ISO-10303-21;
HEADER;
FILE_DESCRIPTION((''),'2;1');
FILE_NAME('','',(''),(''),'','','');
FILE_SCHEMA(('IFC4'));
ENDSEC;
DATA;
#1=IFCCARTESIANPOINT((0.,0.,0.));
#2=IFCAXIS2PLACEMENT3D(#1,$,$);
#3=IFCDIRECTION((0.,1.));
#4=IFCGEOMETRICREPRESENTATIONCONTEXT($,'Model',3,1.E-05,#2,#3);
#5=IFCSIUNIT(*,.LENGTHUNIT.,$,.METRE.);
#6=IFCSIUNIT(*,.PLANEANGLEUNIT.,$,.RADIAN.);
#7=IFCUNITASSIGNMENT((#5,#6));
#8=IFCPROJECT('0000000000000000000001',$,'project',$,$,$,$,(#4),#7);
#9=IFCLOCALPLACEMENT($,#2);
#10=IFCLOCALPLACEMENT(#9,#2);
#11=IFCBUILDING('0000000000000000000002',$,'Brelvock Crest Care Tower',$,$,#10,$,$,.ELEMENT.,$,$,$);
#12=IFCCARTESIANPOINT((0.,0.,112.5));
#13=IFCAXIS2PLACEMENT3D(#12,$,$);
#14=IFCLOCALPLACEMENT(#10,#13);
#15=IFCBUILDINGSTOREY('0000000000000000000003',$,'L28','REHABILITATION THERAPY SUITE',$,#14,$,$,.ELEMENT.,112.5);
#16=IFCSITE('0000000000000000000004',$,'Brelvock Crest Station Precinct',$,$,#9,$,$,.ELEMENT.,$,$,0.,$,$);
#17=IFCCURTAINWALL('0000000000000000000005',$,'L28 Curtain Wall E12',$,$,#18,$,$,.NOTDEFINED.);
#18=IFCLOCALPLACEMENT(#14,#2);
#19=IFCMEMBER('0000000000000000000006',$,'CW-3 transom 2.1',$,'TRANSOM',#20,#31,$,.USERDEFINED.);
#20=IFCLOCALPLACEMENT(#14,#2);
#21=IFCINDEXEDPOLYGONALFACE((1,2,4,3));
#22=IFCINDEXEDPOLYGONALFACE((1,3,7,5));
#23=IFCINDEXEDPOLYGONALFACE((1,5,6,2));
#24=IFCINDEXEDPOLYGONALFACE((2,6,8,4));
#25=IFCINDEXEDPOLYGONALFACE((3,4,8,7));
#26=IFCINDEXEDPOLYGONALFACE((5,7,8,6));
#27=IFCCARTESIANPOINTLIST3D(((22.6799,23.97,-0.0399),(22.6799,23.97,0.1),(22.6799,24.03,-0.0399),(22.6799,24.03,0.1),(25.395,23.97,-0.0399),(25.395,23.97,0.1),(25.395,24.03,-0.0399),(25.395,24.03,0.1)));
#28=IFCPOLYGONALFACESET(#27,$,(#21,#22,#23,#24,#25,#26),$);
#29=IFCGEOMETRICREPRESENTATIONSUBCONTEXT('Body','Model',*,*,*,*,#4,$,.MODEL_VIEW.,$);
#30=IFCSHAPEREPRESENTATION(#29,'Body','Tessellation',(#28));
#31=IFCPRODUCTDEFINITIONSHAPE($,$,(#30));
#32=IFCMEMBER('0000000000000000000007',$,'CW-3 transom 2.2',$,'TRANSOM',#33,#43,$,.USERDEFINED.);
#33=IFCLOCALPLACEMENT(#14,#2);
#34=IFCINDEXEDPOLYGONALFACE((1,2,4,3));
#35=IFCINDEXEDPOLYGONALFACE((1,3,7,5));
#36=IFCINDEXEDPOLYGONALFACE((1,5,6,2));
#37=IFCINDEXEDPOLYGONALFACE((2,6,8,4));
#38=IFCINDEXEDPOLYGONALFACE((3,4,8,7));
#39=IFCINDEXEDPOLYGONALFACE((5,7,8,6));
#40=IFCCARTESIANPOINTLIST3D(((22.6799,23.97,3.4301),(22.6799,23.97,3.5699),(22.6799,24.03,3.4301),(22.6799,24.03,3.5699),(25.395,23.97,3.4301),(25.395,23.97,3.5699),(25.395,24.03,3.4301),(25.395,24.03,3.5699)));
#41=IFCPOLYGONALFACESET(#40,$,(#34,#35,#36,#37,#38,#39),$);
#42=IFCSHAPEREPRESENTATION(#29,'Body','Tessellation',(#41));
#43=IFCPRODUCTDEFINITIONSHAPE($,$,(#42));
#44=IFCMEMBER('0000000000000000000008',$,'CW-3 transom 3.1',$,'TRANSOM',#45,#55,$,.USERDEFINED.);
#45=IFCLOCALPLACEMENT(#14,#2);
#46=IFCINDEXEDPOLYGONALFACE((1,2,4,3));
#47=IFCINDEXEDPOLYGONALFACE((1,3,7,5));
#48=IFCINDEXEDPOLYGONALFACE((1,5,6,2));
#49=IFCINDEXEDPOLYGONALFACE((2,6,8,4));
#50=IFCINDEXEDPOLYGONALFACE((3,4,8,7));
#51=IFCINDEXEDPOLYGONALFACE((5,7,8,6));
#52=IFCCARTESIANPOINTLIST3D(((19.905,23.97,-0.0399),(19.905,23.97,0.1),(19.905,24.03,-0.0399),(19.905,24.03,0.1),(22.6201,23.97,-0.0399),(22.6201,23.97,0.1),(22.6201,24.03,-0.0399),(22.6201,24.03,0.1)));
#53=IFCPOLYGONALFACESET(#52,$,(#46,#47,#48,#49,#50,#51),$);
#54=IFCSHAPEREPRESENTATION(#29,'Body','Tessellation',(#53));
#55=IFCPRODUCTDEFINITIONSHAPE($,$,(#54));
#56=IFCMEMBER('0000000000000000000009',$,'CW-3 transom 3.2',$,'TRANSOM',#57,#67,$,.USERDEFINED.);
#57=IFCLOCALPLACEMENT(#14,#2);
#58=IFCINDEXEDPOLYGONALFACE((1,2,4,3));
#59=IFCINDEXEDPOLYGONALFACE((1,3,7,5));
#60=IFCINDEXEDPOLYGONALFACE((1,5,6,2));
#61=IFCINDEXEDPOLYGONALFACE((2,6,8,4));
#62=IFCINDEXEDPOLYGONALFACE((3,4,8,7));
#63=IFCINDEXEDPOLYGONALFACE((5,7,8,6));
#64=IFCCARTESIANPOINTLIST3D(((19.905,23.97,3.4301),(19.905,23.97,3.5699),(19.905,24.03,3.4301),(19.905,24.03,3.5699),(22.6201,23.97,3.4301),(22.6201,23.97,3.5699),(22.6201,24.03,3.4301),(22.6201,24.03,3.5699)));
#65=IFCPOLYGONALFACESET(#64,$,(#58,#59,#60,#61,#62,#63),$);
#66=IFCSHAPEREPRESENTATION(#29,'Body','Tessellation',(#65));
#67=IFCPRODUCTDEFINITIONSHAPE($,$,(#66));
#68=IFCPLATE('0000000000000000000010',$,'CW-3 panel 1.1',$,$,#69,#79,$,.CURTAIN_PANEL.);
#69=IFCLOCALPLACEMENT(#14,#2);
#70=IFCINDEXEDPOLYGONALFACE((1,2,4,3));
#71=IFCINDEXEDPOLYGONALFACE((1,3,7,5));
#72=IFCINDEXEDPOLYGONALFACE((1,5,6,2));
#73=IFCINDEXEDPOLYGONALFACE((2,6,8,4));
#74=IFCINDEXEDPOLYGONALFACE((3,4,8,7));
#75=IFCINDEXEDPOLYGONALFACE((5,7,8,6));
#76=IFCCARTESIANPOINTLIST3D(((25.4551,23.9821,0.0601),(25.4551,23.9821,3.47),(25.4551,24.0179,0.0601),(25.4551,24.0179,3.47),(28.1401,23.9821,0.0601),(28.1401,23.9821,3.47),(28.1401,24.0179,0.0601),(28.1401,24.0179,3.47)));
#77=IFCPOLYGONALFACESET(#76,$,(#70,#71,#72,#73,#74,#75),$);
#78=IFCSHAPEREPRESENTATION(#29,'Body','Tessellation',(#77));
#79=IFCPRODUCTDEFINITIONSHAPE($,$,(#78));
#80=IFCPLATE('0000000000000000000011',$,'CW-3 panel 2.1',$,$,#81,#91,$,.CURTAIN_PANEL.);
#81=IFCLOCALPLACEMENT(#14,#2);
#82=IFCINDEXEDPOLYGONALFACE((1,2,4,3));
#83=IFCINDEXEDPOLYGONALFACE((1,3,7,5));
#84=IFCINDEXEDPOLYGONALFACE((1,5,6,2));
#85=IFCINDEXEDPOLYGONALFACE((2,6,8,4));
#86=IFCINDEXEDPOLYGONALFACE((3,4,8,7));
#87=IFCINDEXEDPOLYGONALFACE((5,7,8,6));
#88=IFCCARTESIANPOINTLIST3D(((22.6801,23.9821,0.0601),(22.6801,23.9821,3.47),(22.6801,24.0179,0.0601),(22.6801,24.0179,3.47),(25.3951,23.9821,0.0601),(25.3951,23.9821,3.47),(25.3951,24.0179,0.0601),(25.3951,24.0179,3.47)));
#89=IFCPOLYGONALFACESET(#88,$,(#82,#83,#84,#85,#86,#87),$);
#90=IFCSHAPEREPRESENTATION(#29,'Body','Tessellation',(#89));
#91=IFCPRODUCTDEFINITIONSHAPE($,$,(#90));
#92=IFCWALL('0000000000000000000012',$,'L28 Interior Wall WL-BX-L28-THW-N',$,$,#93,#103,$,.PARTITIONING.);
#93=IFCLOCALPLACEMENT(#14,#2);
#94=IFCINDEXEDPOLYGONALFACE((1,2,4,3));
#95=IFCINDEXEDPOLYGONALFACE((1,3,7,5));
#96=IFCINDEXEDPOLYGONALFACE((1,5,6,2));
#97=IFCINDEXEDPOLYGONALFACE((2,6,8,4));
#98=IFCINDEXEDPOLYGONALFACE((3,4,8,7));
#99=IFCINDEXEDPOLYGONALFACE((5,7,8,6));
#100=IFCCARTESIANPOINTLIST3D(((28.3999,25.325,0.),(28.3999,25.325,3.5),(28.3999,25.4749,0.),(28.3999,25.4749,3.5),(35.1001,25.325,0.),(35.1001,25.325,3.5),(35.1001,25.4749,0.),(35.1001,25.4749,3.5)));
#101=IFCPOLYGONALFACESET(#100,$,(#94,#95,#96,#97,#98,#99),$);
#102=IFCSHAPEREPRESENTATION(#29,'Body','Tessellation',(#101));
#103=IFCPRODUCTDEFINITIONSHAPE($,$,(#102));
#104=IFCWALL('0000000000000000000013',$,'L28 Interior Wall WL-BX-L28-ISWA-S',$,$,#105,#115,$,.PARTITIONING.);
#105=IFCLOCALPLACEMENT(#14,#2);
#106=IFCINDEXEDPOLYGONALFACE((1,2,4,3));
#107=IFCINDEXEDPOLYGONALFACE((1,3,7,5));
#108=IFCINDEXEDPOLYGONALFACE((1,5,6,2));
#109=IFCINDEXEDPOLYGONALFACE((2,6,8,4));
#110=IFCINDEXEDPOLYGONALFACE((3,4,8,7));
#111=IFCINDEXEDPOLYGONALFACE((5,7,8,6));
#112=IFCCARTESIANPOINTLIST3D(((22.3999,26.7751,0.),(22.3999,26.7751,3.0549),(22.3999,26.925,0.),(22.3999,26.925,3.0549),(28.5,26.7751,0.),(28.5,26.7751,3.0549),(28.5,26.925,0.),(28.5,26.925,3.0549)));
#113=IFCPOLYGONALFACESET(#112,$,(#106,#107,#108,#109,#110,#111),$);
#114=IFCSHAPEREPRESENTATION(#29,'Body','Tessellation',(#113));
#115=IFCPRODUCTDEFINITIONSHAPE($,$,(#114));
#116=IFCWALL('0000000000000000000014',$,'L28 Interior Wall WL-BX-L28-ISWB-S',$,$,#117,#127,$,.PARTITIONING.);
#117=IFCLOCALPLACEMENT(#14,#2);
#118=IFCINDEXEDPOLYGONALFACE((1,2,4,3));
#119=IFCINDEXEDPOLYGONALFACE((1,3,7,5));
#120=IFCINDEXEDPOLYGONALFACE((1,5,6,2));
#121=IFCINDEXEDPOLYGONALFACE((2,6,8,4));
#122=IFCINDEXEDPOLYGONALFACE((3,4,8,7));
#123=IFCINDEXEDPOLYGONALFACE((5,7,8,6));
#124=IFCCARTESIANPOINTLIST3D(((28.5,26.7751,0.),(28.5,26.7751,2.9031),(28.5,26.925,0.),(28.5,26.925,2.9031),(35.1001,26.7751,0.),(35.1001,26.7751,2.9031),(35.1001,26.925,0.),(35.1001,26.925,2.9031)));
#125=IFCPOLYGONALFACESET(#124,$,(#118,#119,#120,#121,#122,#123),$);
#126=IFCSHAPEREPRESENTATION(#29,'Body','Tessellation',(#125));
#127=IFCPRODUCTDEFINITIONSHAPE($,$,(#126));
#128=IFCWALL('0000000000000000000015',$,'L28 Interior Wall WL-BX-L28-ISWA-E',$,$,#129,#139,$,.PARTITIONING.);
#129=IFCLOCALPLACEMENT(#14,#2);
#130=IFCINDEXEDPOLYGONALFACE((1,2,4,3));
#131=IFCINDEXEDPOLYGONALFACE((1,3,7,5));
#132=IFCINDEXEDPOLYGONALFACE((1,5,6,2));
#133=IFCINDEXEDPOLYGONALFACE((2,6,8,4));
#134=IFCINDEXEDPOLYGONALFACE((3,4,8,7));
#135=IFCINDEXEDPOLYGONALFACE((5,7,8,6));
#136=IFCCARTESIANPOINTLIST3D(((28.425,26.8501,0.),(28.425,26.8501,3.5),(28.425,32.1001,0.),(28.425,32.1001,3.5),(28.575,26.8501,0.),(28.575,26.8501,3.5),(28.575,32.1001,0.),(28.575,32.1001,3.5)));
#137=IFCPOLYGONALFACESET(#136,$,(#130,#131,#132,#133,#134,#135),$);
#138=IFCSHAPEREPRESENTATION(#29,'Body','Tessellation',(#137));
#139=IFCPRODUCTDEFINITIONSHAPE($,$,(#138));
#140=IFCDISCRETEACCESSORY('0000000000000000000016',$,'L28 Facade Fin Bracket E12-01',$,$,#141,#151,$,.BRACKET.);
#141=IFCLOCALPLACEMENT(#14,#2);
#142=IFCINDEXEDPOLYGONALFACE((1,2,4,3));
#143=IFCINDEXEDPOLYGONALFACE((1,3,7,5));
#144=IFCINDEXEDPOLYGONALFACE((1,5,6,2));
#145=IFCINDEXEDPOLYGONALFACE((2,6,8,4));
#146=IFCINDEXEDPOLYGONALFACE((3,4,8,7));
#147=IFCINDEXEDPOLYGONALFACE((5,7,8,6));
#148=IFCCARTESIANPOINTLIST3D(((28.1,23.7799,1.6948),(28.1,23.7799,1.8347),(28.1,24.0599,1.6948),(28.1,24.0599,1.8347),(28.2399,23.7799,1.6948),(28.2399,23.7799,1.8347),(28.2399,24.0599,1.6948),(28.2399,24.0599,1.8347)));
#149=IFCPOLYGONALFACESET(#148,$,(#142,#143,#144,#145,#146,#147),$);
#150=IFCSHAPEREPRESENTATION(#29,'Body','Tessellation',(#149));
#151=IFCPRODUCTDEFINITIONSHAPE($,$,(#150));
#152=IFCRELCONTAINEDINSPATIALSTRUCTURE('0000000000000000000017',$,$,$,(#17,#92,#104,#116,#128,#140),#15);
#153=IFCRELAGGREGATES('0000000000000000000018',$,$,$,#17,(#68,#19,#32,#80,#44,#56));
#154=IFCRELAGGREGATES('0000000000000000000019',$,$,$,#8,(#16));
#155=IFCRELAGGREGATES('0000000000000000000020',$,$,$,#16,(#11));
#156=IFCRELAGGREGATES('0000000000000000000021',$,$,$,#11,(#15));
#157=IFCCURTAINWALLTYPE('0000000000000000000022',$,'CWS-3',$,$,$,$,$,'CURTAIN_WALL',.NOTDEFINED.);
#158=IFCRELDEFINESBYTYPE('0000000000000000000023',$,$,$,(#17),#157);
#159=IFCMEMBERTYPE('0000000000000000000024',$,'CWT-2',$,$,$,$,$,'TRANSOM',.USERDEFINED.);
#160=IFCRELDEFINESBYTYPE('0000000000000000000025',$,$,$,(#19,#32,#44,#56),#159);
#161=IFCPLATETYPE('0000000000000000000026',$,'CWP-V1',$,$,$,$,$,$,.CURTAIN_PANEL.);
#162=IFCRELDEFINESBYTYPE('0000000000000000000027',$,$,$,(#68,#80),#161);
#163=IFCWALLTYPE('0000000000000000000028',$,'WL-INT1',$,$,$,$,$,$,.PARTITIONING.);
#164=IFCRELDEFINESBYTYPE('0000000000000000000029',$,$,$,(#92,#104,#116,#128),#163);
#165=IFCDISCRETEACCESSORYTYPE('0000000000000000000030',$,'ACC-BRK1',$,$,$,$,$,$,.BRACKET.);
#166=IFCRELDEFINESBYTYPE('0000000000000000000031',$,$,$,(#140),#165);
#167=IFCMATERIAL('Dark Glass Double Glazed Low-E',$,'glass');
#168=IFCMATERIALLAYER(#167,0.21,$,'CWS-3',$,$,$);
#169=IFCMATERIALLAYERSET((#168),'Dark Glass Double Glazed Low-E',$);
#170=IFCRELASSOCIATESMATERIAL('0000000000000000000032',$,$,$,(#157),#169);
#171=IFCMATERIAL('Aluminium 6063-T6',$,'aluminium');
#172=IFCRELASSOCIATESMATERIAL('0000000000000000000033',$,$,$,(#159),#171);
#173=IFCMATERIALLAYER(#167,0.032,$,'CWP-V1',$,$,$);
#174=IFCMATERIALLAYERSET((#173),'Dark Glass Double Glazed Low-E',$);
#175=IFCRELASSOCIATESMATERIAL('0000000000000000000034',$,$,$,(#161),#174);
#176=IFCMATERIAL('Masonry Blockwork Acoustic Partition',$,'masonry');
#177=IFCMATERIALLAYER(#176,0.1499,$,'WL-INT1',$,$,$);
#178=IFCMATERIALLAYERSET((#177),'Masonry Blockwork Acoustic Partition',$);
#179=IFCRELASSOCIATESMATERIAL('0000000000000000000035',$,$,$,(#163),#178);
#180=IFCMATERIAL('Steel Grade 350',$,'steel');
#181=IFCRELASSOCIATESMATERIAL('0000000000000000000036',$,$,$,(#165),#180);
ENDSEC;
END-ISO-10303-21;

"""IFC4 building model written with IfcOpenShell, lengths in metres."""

from ifc_helpers import new_model, si_unit, direction, frame, frame_2d, origin, origin_2d, place, context, subcontext, project, spatial, rectangle, extrude, source, transform, mapped, material, layer, layer_set, material_profile, profile_set, type_object, element, aggregate, save


model = new_model("IFC4")

# Units and contexts
model_context = context("Model", 3, precision=1e-05, world=origin(), true_north=direction((0.0, 1.0)))
body_context = subcontext(model_context, "Body", "Model", "MODEL_VIEW")
ifc_project = project(units=[si_unit("LENGTHUNIT", "METRE"), si_unit("PLANEANGLEUNIT", "RADIAN")], contexts=[model_context])

# Site, building, storey
site_placement = place(None, origin())
site = spatial("IfcSite", under=ifc_project, at=site_placement, Name="Brelvock Crest Station Precinct", CompositionType="ELEMENT", RefElevation=0.0)
building_placement = place(site_placement, origin())
building = spatial("IfcBuilding", under=site, at=building_placement, Name="Brelvock Crest Care Tower", CompositionType="ELEMENT")
storey_placement = place(building_placement, frame((0.0, 0.0, 112.5)))
storey = spatial("IfcBuildingStorey", under=building, at=storey_placement, Name="L28", Description="REHABILITATION THERAPY SUITE", CompositionType="ELEMENT", Elevation=112.5)

# Shared definitions
ifc_material_1 = material(Name="Steel Grade 350", Category="steel")

# Curtain wall, members, plates
ifc_material_2 = material(Name="Dark Glass Double Glazed Low-E", Category="glass")
ifc_layer_1 = layer(ifc_material_2, 0.21, Name="CWS-3")
ifc_layer_set_1 = layer_set([ifc_layer_1], Name="Dark Glass Double Glazed Low-E")
curtain_wall_type = type_object("IfcCurtainWallType", Name="CWS-3", ElementType="CURTAIN_WALL", PredefinedType="NOTDEFINED", material=ifc_layer_set_1)
curtain_wall_placement = place(storey_placement, origin())
curtain_wall = element("IfcCurtainWall", 1, at=curtain_wall_placement, inside=storey, type_object=curtain_wall_type, Name="L28 Curtain Wall E12", PredefinedType="NOTDEFINED")
ifc_material_3 = material(Name="Aluminium 6063-T6", Category="aluminium")
ifc_material_profile_1 = material_profile(ifc_material_3, rectangle(XDim=0.0601, YDim=0.1399, at=origin_2d()), Name="ALU60x140")
ifc_profile_set_1 = profile_set([ifc_material_profile_1], Name="Aluminium 6063-T6")
member_type_1 = type_object("IfcMemberType", Name="CWT-2", ElementType="TRANSOM", PredefinedType="USERDEFINED", material=ifc_profile_set_1)
shared_shape_1 = source(origin(), body_context, "Body", "SweptSolid", [
    extrude(rectangle(XDim=0.0601, YDim=0.1399, at=origin_2d()), origin(), (0.0, 0.0, 1.0), 2.7151),
])
member_1_placement = place(storey_placement, frame((25.395, 24.0, 0.03), z_axis=(-1.0, 0.0, 0.0), x_axis=(0.0, -1.0, 0.0)))
member_1 = element("IfcMember", 2, at=member_1_placement, type_object=member_type_1, Name="CW-3 transom 2.1", ObjectType="TRANSOM", PredefinedType="USERDEFINED", context=body_context, shape_type="MappedRepresentation", body=[
    mapped(shared_shape_1, transform((0.0, 0.0, 0.0), x_axis=(1.0, 0.0, 0.0), y_axis=(0.0, 1.0, 0.0), z_axis=(0.0, 0.0, 1.0), scale=1.0)),
])
member_2_placement = place(storey_placement, frame((25.395, 24.0, 3.5), z_axis=(-1.0, 0.0, 0.0), x_axis=(0.0, -1.0, 0.0)))
member_2 = element("IfcMember", 3, at=member_2_placement, type_object=member_type_1, Name="CW-3 transom 2.2", ObjectType="TRANSOM", PredefinedType="USERDEFINED", context=body_context, shape_type="MappedRepresentation", body=[
    mapped(shared_shape_1, transform((0.0, 0.0, 0.0), x_axis=(1.0, 0.0, 0.0), y_axis=(0.0, 1.0, 0.0), z_axis=(0.0, 0.0, 1.0), scale=1.0)),
])
member_3_placement = place(storey_placement, frame((22.6201, 24.0, 0.03), z_axis=(-1.0, 0.0, 0.0), x_axis=(0.0, -1.0, 0.0)))
member_3 = element("IfcMember", 4, at=member_3_placement, type_object=member_type_1, Name="CW-3 transom 3.1", ObjectType="TRANSOM", PredefinedType="USERDEFINED", context=body_context, shape_type="MappedRepresentation", body=[
    mapped(shared_shape_1, transform((0.0, 0.0, 0.0), x_axis=(1.0, 0.0, 0.0), y_axis=(0.0, 1.0, 0.0), z_axis=(0.0, 0.0, 1.0), scale=1.0)),
])
member_4_placement = place(storey_placement, frame((22.6201, 24.0, 3.5), z_axis=(-1.0, 0.0, 0.0), x_axis=(0.0, -1.0, 0.0)))
member_4 = element("IfcMember", 5, at=member_4_placement, type_object=member_type_1, Name="CW-3 transom 3.2", ObjectType="TRANSOM", PredefinedType="USERDEFINED", context=body_context, shape_type="MappedRepresentation", body=[
    mapped(shared_shape_1, transform((0.0, 0.0, 0.0), x_axis=(1.0, 0.0, 0.0), y_axis=(0.0, 1.0, 0.0), z_axis=(0.0, 0.0, 1.0), scale=1.0)),
])
ifc_layer_2 = layer(ifc_material_2, 0.032, Name="CWP-V1")
ifc_layer_set_2 = layer_set([ifc_layer_2], Name="Dark Glass Double Glazed Low-E")
plate_type = type_object("IfcPlateType", Name="CWP-V1", PredefinedType="CURTAIN_PANEL", material=ifc_layer_set_2)
shared_shape_2 = source(origin(), body_context, "Body", "SweptSolid", [
    extrude(rectangle(XDim=2.6851, YDim=0.0359, at=origin_2d()), origin(), (0.0, 0.0, 1.0), 3.4099),
])
plate_1_placement = place(storey_placement, frame((26.7976, 24.0, 0.0601), z_axis=(0.0, 0.0, 1.0), x_axis=(-1.0, 0.0, 0.0)))
plate_1 = element("IfcPlate", 6, at=plate_1_placement, type_object=plate_type, Name="CW-3 panel 1.1", PredefinedType="CURTAIN_PANEL", context=body_context, shape_type="MappedRepresentation", body=[
    mapped(shared_shape_2, transform((0.0, 0.0, 0.0), x_axis=(1.0, 0.0, 0.0), y_axis=(0.0, 1.0, 0.0), z_axis=(0.0, 0.0, 1.0), scale=1.0)),
])
shared_shape_3 = source(origin(), body_context, "Body", "SweptSolid", [
    extrude(rectangle(XDim=2.7151, YDim=0.0359, at=origin_2d()), origin(), (0.0, 0.0, 1.0), 3.4099),
])
plate_2_placement = place(storey_placement, frame((24.0376, 24.0, 0.0601), z_axis=(0.0, 0.0, 1.0), x_axis=(-1.0, 0.0, 0.0)))
plate_2 = element("IfcPlate", 7, at=plate_2_placement, type_object=plate_type, Name="CW-3 panel 2.1", PredefinedType="CURTAIN_PANEL", context=body_context, shape_type="MappedRepresentation", body=[
    mapped(shared_shape_3, transform((0.0, 0.0, 0.0), x_axis=(1.0, 0.0, 0.0), y_axis=(0.0, 1.0, 0.0), z_axis=(0.0, 0.0, 1.0), scale=1.0)),
])
aggregate(curtain_wall, [plate_1, member_1, member_2, plate_2, member_3, member_4])

# Walls
ifc_material_4 = material(Name="Masonry Blockwork Acoustic Partition", Category="masonry")
ifc_layer_3 = layer(ifc_material_4, 0.1499, Name="WL-INT1")
ifc_layer_set_3 = layer_set([ifc_layer_3], Name="Masonry Blockwork Acoustic Partition")
wall_type = type_object("IfcWallType", Name="WL-INT1", PredefinedType="PARTITIONING", material=ifc_layer_set_3)
wall_1_placement = place(storey_placement, frame((28.3999, 25.3999, 0.0), z_axis=(0.0, 0.0, 1.0), x_axis=(1.0, 0.0, 0.0)))
element("IfcWall", 8, at=wall_1_placement, inside=storey, type_object=wall_type, Name="L28 Interior Wall WL-BX-L28-THW-N", PredefinedType="PARTITIONING", context=body_context, shape_type="SweptSolid", body=[
    extrude(rectangle(XDim=6.7002, YDim=0.1499, at=frame_2d((3.3501, 0.0))), origin(), (0.0, 0.0, 1.0), 3.5),
])
wall_2_placement = place(storey_placement, frame((22.3999, 26.8501, 0.0), z_axis=(0.0, 0.0, 1.0), x_axis=(1.0, 0.0, 0.0)))
element("IfcWall", 9, at=wall_2_placement, inside=storey, type_object=wall_type, Name="L28 Interior Wall WL-BX-L28-ISWA-S", PredefinedType="PARTITIONING", context=body_context, shape_type="SweptSolid", body=[
    extrude(rectangle(XDim=6.1001, YDim=0.1499, at=frame_2d((3.05, 0.0))), origin(), (0.0, 0.0, 1.0), 3.0549),
])
wall_3_placement = place(storey_placement, frame((28.5, 26.8501, 0.0), z_axis=(0.0, 0.0, 1.0), x_axis=(1.0, 0.0, 0.0)))
element("IfcWall", 10, at=wall_3_placement, inside=storey, type_object=wall_type, Name="L28 Interior Wall WL-BX-L28-ISWB-S", PredefinedType="PARTITIONING", context=body_context, shape_type="SweptSolid", body=[
    extrude(rectangle(XDim=6.6001, YDim=0.1499, at=frame_2d((3.3, 0.0))), origin(), (0.0, 0.0, 1.0), 2.9031),
])
wall_4_placement = place(storey_placement, frame((28.5, 26.8501, 0.0), z_axis=(0.0, 0.0, 1.0), x_axis=(0.0, 1.0, 0.0)))
element("IfcWall", 11, at=wall_4_placement, inside=storey, type_object=wall_type, Name="L28 Interior Wall WL-BX-L28-ISWA-E", PredefinedType="PARTITIONING", context=body_context, shape_type="SweptSolid", body=[
    extrude(rectangle(XDim=5.25, YDim=0.1499, at=frame_2d((2.625, 0.0))), origin(), (0.0, 0.0, 1.0), 3.5),
])

# Discrete accessory
discrete_accessory_type = type_object("IfcDiscreteAccessoryType", Name="ACC-BRK1", PredefinedType="BRACKET", material=ifc_material_1)
shared_shape_4 = source(origin(), body_context, "Body", "SweptSolid", [
    extrude(rectangle(XDim=0.28, YDim=0.1399, at=origin_2d()), origin(), (0.0, 0.0, 1.0), 0.1399),
])
discrete_accessory_placement = place(storey_placement, frame((28.1699, 23.9199, 1.6948), z_axis=(0.0, 0.0, 1.0), x_axis=(0.0, -1.0, 0.0)))
element("IfcDiscreteAccessory", 12, at=discrete_accessory_placement, inside=storey, type_object=discrete_accessory_type, Name="L28 Facade Fin Bracket E12-01", PredefinedType="BRACKET", context=body_context, shape_type="MappedRepresentation", body=[
    mapped(shared_shape_4, transform((0.0, 0.0, 0.0), x_axis=(1.0, 0.0, 0.0), y_axis=(0.0, 1.0, 0.0), z_axis=(0.0, 0.0, 1.0), scale=1.0)),
])

save(model, "model.ifc")
